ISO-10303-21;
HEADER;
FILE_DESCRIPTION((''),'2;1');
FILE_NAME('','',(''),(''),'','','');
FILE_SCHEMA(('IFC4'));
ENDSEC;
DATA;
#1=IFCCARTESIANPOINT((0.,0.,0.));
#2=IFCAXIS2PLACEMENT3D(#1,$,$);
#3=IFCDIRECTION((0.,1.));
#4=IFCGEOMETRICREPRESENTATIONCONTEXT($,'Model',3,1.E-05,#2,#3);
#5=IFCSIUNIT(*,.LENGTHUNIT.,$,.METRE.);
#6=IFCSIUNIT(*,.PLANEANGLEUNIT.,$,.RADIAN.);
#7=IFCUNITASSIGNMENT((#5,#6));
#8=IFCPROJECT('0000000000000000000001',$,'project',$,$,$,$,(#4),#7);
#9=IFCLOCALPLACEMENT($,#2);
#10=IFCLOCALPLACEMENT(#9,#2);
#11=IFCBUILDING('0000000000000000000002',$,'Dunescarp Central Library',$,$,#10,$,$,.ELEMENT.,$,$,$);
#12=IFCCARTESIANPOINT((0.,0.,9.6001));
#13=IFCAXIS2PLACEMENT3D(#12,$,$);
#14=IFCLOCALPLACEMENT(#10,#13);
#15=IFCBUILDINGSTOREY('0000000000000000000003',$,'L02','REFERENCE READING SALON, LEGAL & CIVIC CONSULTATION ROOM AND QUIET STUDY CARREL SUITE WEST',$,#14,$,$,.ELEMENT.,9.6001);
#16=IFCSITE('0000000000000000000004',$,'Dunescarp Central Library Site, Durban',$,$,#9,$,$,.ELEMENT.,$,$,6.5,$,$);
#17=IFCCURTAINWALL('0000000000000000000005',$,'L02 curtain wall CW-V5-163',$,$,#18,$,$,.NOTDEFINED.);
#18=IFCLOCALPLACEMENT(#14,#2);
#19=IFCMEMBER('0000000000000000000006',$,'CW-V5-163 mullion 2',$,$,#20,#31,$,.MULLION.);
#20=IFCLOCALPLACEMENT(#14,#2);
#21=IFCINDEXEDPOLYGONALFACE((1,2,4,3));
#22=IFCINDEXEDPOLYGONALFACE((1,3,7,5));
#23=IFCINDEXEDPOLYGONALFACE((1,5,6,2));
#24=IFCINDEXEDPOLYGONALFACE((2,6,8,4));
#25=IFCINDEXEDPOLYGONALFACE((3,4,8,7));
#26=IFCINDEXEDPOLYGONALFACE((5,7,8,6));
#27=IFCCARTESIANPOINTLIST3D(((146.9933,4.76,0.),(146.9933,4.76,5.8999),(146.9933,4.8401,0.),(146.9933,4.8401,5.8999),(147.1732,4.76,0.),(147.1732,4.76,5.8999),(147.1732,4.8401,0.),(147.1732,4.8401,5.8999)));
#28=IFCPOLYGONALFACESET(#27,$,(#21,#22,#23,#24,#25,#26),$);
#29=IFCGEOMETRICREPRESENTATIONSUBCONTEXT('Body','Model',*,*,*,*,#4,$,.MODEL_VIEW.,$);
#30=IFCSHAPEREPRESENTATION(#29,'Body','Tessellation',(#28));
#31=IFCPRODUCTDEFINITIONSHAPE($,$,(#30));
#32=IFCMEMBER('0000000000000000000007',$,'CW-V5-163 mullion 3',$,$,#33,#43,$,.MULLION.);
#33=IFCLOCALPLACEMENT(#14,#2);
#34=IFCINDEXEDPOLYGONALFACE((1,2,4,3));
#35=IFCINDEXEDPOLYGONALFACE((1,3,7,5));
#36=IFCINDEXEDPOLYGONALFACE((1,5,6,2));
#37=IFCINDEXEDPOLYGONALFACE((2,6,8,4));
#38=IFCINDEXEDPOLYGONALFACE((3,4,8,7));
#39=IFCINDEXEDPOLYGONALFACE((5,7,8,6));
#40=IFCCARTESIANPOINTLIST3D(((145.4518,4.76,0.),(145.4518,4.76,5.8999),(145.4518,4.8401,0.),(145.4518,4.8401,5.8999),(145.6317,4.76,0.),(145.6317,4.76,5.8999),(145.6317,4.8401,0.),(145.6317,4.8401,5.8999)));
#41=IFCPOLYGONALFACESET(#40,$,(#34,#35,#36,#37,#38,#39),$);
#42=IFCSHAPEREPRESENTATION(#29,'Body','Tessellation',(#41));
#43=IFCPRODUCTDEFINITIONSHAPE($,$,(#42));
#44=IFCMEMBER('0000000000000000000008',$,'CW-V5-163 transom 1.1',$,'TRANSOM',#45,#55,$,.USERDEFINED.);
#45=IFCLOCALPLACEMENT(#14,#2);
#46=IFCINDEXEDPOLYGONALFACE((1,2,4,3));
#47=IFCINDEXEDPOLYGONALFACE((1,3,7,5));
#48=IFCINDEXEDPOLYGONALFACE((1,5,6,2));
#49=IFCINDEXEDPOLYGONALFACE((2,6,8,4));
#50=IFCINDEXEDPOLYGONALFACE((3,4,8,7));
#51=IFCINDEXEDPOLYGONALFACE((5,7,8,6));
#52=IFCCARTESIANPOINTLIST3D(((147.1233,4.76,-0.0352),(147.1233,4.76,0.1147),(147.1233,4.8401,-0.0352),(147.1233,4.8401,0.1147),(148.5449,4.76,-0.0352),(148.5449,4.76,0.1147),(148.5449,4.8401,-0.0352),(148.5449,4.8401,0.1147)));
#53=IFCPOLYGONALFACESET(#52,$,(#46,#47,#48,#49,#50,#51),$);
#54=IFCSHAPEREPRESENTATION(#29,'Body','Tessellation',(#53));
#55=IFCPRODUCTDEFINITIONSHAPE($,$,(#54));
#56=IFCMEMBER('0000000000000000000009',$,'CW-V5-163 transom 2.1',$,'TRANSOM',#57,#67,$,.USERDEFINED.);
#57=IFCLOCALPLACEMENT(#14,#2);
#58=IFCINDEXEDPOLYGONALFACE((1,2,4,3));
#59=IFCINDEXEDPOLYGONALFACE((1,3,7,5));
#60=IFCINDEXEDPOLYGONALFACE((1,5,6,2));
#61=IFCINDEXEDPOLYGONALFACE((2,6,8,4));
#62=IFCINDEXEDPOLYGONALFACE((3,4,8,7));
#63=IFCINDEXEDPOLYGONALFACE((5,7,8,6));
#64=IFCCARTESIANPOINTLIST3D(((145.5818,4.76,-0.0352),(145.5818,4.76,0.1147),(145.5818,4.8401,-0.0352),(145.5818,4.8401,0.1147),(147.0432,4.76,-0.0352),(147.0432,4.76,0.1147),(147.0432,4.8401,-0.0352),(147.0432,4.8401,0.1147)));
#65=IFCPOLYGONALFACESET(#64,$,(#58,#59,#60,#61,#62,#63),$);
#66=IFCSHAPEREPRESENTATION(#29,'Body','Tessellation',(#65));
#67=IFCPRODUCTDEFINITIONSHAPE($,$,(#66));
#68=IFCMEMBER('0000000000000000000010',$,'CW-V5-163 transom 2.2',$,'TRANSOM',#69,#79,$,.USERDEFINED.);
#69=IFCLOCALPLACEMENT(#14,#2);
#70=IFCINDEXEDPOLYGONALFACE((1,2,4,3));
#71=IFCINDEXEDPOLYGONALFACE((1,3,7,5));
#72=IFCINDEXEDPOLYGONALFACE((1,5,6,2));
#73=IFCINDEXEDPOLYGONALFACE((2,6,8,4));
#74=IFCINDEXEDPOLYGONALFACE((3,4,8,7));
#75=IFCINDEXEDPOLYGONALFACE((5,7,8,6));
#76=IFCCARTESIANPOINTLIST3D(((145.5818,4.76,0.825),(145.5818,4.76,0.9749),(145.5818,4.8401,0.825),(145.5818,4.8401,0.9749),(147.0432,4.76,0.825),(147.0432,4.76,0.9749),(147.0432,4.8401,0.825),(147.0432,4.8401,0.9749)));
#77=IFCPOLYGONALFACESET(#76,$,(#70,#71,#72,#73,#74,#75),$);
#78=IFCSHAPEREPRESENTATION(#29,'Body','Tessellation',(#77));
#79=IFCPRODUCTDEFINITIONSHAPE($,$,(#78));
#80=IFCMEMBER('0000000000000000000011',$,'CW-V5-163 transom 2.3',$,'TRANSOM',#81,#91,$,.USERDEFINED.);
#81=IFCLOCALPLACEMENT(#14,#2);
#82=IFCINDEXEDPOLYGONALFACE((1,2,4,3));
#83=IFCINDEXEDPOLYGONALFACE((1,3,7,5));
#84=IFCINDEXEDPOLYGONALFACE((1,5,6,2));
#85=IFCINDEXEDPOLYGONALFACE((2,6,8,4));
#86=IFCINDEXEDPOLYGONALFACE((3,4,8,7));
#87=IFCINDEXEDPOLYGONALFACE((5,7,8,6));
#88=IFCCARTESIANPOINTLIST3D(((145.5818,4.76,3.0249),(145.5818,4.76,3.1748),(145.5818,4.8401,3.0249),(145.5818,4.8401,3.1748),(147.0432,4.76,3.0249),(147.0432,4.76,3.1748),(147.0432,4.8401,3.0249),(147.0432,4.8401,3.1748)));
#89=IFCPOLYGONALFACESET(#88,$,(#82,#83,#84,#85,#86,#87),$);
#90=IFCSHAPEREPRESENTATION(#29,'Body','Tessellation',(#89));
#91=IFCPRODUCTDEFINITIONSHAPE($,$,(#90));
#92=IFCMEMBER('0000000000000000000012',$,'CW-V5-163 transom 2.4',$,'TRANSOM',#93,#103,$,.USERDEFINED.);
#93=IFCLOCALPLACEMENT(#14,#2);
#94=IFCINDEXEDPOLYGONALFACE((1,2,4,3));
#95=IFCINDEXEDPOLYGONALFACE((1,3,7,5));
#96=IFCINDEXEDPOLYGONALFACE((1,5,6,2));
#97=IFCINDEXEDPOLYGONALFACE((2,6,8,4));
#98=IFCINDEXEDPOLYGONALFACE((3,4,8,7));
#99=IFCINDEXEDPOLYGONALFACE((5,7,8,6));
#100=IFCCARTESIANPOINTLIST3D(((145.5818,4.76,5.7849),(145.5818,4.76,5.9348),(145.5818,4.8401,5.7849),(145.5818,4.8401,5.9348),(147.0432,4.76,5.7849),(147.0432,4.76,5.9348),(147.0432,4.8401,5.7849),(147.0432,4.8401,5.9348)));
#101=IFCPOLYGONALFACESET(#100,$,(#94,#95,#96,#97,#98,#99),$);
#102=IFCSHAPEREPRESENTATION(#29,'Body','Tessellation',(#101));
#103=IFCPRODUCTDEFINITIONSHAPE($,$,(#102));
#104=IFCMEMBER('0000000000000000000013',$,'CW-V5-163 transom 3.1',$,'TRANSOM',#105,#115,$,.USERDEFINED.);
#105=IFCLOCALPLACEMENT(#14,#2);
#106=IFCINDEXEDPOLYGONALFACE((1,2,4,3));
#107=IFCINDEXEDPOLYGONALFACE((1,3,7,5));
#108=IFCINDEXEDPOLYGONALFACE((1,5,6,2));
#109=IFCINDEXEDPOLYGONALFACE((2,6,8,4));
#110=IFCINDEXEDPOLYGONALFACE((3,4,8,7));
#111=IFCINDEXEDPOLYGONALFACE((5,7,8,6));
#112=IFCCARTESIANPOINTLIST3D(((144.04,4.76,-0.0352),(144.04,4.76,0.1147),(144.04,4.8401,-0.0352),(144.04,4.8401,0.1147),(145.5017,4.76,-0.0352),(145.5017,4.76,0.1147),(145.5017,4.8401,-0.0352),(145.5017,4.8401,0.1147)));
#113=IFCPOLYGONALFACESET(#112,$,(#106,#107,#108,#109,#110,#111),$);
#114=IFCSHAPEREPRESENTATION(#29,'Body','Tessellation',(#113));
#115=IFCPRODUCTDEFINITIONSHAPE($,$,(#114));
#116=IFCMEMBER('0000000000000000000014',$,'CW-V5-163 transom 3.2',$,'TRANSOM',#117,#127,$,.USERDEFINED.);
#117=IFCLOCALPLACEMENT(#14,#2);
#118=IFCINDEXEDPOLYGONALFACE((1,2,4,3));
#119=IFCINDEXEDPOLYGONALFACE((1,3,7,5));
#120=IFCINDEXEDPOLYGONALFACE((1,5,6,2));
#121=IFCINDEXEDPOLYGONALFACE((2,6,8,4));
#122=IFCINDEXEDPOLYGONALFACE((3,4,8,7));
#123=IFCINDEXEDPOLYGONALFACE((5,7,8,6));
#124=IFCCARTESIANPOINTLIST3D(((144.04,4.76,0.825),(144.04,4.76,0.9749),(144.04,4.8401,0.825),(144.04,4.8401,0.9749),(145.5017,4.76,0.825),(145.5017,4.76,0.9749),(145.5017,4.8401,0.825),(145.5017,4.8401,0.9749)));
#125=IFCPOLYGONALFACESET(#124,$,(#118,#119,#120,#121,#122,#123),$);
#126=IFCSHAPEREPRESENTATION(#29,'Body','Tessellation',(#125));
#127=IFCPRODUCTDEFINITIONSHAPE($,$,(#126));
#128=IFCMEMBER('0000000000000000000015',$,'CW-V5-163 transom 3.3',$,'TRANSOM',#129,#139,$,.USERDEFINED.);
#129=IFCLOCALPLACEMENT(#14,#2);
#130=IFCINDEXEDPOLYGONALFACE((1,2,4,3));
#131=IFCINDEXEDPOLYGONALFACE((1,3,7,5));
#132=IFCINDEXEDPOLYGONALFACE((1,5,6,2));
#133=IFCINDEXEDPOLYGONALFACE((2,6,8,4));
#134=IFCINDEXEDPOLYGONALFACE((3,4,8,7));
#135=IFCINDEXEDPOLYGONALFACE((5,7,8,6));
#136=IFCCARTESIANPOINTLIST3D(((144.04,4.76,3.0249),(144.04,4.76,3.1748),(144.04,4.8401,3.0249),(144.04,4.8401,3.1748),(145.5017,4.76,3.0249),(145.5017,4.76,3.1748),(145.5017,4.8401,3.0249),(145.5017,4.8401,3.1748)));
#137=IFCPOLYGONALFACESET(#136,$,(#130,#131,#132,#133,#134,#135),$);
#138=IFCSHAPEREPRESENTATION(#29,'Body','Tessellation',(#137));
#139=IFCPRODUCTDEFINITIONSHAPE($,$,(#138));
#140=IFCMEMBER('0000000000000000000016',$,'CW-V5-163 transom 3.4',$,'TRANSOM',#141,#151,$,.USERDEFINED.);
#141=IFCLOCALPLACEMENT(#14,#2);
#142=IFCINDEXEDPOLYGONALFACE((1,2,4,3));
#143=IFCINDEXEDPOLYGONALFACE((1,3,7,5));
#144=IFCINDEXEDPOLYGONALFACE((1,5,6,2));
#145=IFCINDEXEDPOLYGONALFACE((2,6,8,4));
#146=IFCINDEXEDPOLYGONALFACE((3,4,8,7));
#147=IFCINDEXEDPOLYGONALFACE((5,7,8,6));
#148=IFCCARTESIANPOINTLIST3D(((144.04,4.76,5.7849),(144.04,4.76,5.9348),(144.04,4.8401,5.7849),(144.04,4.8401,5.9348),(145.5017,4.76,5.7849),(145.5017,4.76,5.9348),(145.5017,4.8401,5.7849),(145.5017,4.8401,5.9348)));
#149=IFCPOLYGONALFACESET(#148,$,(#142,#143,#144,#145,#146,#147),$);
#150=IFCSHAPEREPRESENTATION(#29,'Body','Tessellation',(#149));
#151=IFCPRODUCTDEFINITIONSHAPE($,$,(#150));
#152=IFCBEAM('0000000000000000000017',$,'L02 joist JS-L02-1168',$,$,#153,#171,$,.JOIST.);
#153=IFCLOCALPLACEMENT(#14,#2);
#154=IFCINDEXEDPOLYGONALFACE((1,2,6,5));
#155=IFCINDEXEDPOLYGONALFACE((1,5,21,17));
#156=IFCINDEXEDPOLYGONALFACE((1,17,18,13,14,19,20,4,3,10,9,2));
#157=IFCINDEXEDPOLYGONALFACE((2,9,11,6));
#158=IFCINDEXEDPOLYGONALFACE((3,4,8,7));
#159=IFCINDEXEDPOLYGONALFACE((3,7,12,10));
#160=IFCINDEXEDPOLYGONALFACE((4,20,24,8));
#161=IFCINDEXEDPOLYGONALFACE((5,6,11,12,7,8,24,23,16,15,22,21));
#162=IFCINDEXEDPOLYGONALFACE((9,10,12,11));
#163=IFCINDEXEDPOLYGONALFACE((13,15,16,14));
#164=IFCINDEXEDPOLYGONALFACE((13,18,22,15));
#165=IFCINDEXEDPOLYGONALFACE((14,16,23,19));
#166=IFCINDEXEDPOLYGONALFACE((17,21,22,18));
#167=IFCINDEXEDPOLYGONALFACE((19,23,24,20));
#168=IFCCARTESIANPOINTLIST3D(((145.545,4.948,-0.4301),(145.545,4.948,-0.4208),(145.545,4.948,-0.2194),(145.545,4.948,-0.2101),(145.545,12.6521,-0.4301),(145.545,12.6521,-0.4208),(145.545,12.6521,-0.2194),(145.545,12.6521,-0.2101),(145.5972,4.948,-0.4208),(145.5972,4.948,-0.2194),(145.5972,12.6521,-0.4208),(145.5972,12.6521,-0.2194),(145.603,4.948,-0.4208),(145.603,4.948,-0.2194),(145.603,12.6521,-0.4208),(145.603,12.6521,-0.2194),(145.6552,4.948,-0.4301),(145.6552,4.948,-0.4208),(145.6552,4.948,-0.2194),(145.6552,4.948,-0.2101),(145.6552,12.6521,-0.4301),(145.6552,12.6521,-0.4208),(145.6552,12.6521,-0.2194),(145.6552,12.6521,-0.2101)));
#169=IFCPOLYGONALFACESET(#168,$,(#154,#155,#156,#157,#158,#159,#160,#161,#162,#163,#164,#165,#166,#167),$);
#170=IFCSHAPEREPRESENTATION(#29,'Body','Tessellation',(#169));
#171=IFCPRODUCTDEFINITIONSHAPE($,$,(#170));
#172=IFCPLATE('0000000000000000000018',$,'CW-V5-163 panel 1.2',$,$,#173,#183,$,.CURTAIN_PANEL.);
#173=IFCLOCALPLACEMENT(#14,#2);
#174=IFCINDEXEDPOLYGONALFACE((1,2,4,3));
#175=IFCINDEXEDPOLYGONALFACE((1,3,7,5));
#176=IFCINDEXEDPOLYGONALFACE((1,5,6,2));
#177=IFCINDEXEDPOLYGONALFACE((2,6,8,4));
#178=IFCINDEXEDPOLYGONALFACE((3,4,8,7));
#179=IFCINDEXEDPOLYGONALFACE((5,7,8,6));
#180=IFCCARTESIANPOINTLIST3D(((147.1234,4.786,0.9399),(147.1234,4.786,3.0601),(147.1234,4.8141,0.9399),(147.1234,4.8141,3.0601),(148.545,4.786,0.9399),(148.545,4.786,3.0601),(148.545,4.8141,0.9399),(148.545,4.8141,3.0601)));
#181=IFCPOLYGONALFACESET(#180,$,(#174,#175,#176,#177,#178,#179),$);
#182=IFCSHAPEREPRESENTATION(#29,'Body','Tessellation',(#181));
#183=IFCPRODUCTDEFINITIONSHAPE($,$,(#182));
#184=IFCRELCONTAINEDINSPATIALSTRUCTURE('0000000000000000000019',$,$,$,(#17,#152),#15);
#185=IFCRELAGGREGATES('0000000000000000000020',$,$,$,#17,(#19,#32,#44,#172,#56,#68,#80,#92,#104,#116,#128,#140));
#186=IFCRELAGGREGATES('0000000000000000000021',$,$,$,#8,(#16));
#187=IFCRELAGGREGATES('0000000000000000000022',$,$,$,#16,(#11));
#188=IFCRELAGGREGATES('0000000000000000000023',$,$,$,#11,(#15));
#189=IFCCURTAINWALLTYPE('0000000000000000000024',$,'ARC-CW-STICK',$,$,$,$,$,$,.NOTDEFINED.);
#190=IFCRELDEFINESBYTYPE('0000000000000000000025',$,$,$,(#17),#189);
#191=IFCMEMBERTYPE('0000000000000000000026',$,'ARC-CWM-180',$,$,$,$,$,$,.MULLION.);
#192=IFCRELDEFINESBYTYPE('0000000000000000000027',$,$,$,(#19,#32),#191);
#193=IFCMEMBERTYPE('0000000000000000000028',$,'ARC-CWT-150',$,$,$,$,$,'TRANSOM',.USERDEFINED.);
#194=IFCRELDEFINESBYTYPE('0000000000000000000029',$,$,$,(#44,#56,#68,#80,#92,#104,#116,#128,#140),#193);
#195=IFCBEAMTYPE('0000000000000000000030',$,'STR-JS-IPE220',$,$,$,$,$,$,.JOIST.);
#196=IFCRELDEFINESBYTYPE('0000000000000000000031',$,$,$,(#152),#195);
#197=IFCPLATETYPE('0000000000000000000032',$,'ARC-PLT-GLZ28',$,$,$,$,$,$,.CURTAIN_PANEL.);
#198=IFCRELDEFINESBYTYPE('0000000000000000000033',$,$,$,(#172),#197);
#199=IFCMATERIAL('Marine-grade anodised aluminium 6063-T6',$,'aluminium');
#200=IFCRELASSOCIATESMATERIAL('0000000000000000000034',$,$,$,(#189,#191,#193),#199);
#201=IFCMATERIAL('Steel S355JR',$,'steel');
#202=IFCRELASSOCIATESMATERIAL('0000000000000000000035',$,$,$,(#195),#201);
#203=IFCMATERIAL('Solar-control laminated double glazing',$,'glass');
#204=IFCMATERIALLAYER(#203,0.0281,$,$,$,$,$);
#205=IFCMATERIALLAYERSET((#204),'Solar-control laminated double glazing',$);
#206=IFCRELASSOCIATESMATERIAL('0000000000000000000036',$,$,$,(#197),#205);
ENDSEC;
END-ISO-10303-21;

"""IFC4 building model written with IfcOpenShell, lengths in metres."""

from ifc_helpers import new_model, si_unit, direction, frame, origin, origin_2d, place, context, subcontext, project, spatial, rectangle, i_section, extrude, material, layer, layer_set, material_profile, profile_set, type_object, element, aggregate, save


model = new_model("IFC4")

# Units and contexts
model_context = context("Model", 3, precision=1e-05, world=origin(), true_north=direction((0.0, 1.0)))
body_context = subcontext(model_context, "Body", "Model", "MODEL_VIEW")
ifc_project = project(units=[si_unit("LENGTHUNIT", "METRE"), si_unit("PLANEANGLEUNIT", "RADIAN")], contexts=[model_context])

# Site, building, storey
site_placement = place(None, origin())
site = spatial("IfcSite", under=ifc_project, at=site_placement, Name="Dunescarp Central Library Site, Durban", CompositionType="ELEMENT", RefElevation=6.5)
building_placement = place(site_placement, origin())
building = spatial("IfcBuilding", under=site, at=building_placement, Name="Dunescarp Central Library", CompositionType="ELEMENT")
storey_placement = place(building_placement, frame((0.0, 0.0, 9.6001)))
storey = spatial("IfcBuildingStorey", under=building, at=storey_placement, Name="L02", Description="REFERENCE READING SALON, LEGAL & CIVIC CONSULTATION ROOM AND QUIET STUDY CARREL SUITE WEST", CompositionType="ELEMENT", Elevation=9.6001)

# Curtain wall, members
ifc_material_1 = material(Name="Marine-grade anodised aluminium 6063-T6", Category="aluminium")
curtain_wall_type = type_object("IfcCurtainWallType", Name="ARC-CW-STICK", PredefinedType="NOTDEFINED", material=ifc_material_1)
curtain_wall_placement = place(storey_placement, origin())
curtain_wall = element("IfcCurtainWall", 1, at=curtain_wall_placement, inside=storey, type_object=curtain_wall_type, Name="L02 curtain wall CW-V5-163", PredefinedType="NOTDEFINED")
ifc_material_profile_1 = material_profile(ifc_material_1, rectangle(XDim=0.0801, YDim=0.1799, at=origin_2d()), Name="AL 80x180")
ifc_profile_set_1 = profile_set([ifc_material_profile_1], Name="Marine-grade anodised aluminium 6063-T6")
member_type_1 = type_object("IfcMemberType", Name="ARC-CWM-180", PredefinedType="MULLION", material=ifc_profile_set_1)
member_1_placement = place(storey_placement, frame((147.0833, 4.8, 0.0), z_axis=(0.0, 0.0, 1.0), x_axis=(0.0, -1.0, 0.0)))
member_1 = element("IfcMember", 2, at=member_1_placement, type_object=member_type_1, Name="CW-V5-163 mullion 2", PredefinedType="MULLION", context=body_context, shape_type="SweptSolid", body=[
    extrude(rectangle(XDim=0.0801, YDim=0.1799, at=origin_2d()), origin(), (0.0, 0.0, 1.0), 5.8999),
])
member_2_placement = place(storey_placement, frame((145.5417, 4.8, 0.0), z_axis=(0.0, 0.0, 1.0), x_axis=(0.0, -1.0, 0.0)))
member_2 = element("IfcMember", 3, at=member_2_placement, type_object=member_type_1, Name="CW-V5-163 mullion 3", PredefinedType="MULLION", context=body_context, shape_type="SweptSolid", body=[
    extrude(rectangle(XDim=0.0801, YDim=0.1799, at=origin_2d()), origin(), (0.0, 0.0, 1.0), 5.8999),
])
ifc_material_profile_2 = material_profile(ifc_material_1, rectangle(XDim=0.0801, YDim=0.1499, at=origin_2d()), Name="AL 80x150")
ifc_profile_set_2 = profile_set([ifc_material_profile_2], Name="Marine-grade anodised aluminium 6063-T6")
member_type_2 = type_object("IfcMemberType", Name="ARC-CWT-150", ElementType="TRANSOM", PredefinedType="USERDEFINED", material=ifc_profile_set_2)
member_3_placement = place(storey_placement, frame((148.5449, 4.8, 0.0398), z_axis=(-1.0, 0.0, 0.0), x_axis=(0.0, -1.0, 0.0)))
member_3 = element("IfcMember", 4, at=member_3_placement, type_object=member_type_2, Name="CW-V5-163 transom 1.1", ObjectType="TRANSOM", PredefinedType="USERDEFINED", context=body_context, shape_type="SweptSolid", body=[
    extrude(rectangle(XDim=0.0801, YDim=0.1499, at=origin_2d()), origin(), (0.0, 0.0, 1.0), 1.4216),
])
member_4_placement = place(storey_placement, frame((147.0432, 4.8, 0.0398), z_axis=(-1.0, 0.0, 0.0), x_axis=(0.0, -1.0, 0.0)))
member_4 = element("IfcMember", 5, at=member_4_placement, type_object=member_type_2, Name="CW-V5-163 transom 2.1", ObjectType="TRANSOM", PredefinedType="USERDEFINED", context=body_context, shape_type="SweptSolid", body=[
    extrude(rectangle(XDim=0.0801, YDim=0.1499, at=origin_2d()), origin(), (0.0, 0.0, 1.0), 1.4614),
])
member_5_placement = place(storey_placement, frame((147.0432, 4.8, 0.8999), z_axis=(-1.0, 0.0, 0.0), x_axis=(0.0, -1.0, 0.0)))
member_5 = element("IfcMember", 6, at=member_5_placement, type_object=member_type_2, Name="CW-V5-163 transom 2.2", ObjectType="TRANSOM", PredefinedType="USERDEFINED", context=body_context, shape_type="SweptSolid", body=[
    extrude(rectangle(XDim=0.0801, YDim=0.1499, at=origin_2d()), origin(), (0.0, 0.0, 1.0), 1.4614),
])
member_6_placement = place(storey_placement, frame((147.0432, 4.8, 3.0999), z_axis=(-1.0, 0.0, 0.0), x_axis=(0.0, -1.0, 0.0)))
member_6 = element("IfcMember", 7, at=member_6_placement, type_object=member_type_2, Name="CW-V5-163 transom 2.3", ObjectType="TRANSOM", PredefinedType="USERDEFINED", context=body_context, shape_type="SweptSolid", body=[
    extrude(rectangle(XDim=0.0801, YDim=0.1499, at=origin_2d()), origin(), (0.0, 0.0, 1.0), 1.4614),
])
member_7_placement = place(storey_placement, frame((147.0432, 4.8, 5.8599), z_axis=(-1.0, 0.0, 0.0), x_axis=(0.0, -1.0, 0.0)))
member_7 = element("IfcMember", 8, at=member_7_placement, type_object=member_type_2, Name="CW-V5-163 transom 2.4", ObjectType="TRANSOM", PredefinedType="USERDEFINED", context=body_context, shape_type="SweptSolid", body=[
    extrude(rectangle(XDim=0.0801, YDim=0.1499, at=origin_2d()), origin(), (0.0, 0.0, 1.0), 1.4614),
])
member_8_placement = place(storey_placement, frame((145.5017, 4.8, 0.0398), z_axis=(-1.0, 0.0, 0.0), x_axis=(0.0, -1.0, 0.0)))
member_8 = element("IfcMember", 9, at=member_8_placement, type_object=member_type_2, Name="CW-V5-163 transom 3.1", ObjectType="TRANSOM", PredefinedType="USERDEFINED", context=body_context, shape_type="SweptSolid", body=[
    extrude(rectangle(XDim=0.0801, YDim=0.1499, at=origin_2d()), origin(), (0.0, 0.0, 1.0), 1.4617),
])
member_9_placement = place(storey_placement, frame((145.5017, 4.8, 0.8999), z_axis=(-1.0, 0.0, 0.0), x_axis=(0.0, -1.0, 0.0)))
member_9 = element("IfcMember", 10, at=member_9_placement, type_object=member_type_2, Name="CW-V5-163 transom 3.2", ObjectType="TRANSOM", PredefinedType="USERDEFINED", context=body_context, shape_type="SweptSolid", body=[
    extrude(rectangle(XDim=0.0801, YDim=0.1499, at=origin_2d()), origin(), (0.0, 0.0, 1.0), 1.4617),
])
member_10_placement = place(storey_placement, frame((145.5017, 4.8, 3.0999), z_axis=(-1.0, 0.0, 0.0), x_axis=(0.0, -1.0, 0.0)))
member_10 = element("IfcMember", 11, at=member_10_placement, type_object=member_type_2, Name="CW-V5-163 transom 3.3", ObjectType="TRANSOM", PredefinedType="USERDEFINED", context=body_context, shape_type="SweptSolid", body=[
    extrude(rectangle(XDim=0.0801, YDim=0.1499, at=origin_2d()), origin(), (0.0, 0.0, 1.0), 1.4617),
])
member_11_placement = place(storey_placement, frame((145.5017, 4.8, 5.8599), z_axis=(-1.0, 0.0, 0.0), x_axis=(0.0, -1.0, 0.0)))
member_11 = element("IfcMember", 12, at=member_11_placement, type_object=member_type_2, Name="CW-V5-163 transom 3.4", ObjectType="TRANSOM", PredefinedType="USERDEFINED", context=body_context, shape_type="SweptSolid", body=[
    extrude(rectangle(XDim=0.0801, YDim=0.1499, at=origin_2d()), origin(), (0.0, 0.0, 1.0), 1.4617),
])

# Beam
ifc_material_2 = material(Name="Steel S355JR", Category="steel")
ifc_material_profile_3 = material_profile(ifc_material_2, i_section(OverallWidth=0.1101, OverallDepth=0.22, WebThickness=0.0059, FlangeThickness=0.0093, at=origin_2d()), Name="IPE 220")
ifc_profile_set_3 = profile_set([ifc_material_profile_3], Name="Steel S355JR")
beam_type = type_object("IfcBeamType", Name="STR-JS-IPE220", PredefinedType="JOIST", material=ifc_profile_set_3)
beam_placement = place(storey_placement, frame((145.6001, 4.948, -0.3201), z_axis=(0.0, 1.0, 0.0), x_axis=(-1.0, 0.0, 0.0)))
element("IfcBeam", 13, at=beam_placement, inside=storey, type_object=beam_type, Name="L02 joist JS-L02-1168", PredefinedType="JOIST", context=body_context, shape_type="SweptSolid", body=[
    extrude(i_section(OverallWidth=0.1101, OverallDepth=0.22, WebThickness=0.0059, FlangeThickness=0.0093, at=origin_2d()), origin(), (0.0, 0.0, 1.0), 7.7041),
])

# Plate
ifc_material_3 = material(Name="Solar-control laminated double glazing", Category="glass")
ifc_layer_1 = layer(ifc_material_3, 0.0281)
ifc_layer_set_1 = layer_set([ifc_layer_1], Name="Solar-control laminated double glazing")
plate_type_1 = type_object("IfcPlateType", Name="ARC-PLT-GLZ28", PredefinedType="CURTAIN_PANEL", material=ifc_layer_set_1)
plate_1_placement = place(storey_placement, frame((147.8342, 4.8, 0.9399), z_axis=(0.0, 0.0, 1.0), x_axis=(-1.0, 0.0, 0.0)))
plate_1 = element("IfcPlate", 14, at=plate_1_placement, type_object=plate_type_1, Name="CW-V5-163 panel 1.2", PredefinedType="CURTAIN_PANEL", context=body_context, shape_type="SweptSolid", body=[
    extrude(rectangle(XDim=1.4216, YDim=0.0281, at=origin_2d()), origin(), (0.0, 0.0, 1.0), 2.1201),
])
aggregate(curtain_wall, [member_1, member_2, member_3, plate_1, member_4, member_5, member_6, member_7, member_8, member_9, member_10, member_11])

save(model, "model.ifc")
